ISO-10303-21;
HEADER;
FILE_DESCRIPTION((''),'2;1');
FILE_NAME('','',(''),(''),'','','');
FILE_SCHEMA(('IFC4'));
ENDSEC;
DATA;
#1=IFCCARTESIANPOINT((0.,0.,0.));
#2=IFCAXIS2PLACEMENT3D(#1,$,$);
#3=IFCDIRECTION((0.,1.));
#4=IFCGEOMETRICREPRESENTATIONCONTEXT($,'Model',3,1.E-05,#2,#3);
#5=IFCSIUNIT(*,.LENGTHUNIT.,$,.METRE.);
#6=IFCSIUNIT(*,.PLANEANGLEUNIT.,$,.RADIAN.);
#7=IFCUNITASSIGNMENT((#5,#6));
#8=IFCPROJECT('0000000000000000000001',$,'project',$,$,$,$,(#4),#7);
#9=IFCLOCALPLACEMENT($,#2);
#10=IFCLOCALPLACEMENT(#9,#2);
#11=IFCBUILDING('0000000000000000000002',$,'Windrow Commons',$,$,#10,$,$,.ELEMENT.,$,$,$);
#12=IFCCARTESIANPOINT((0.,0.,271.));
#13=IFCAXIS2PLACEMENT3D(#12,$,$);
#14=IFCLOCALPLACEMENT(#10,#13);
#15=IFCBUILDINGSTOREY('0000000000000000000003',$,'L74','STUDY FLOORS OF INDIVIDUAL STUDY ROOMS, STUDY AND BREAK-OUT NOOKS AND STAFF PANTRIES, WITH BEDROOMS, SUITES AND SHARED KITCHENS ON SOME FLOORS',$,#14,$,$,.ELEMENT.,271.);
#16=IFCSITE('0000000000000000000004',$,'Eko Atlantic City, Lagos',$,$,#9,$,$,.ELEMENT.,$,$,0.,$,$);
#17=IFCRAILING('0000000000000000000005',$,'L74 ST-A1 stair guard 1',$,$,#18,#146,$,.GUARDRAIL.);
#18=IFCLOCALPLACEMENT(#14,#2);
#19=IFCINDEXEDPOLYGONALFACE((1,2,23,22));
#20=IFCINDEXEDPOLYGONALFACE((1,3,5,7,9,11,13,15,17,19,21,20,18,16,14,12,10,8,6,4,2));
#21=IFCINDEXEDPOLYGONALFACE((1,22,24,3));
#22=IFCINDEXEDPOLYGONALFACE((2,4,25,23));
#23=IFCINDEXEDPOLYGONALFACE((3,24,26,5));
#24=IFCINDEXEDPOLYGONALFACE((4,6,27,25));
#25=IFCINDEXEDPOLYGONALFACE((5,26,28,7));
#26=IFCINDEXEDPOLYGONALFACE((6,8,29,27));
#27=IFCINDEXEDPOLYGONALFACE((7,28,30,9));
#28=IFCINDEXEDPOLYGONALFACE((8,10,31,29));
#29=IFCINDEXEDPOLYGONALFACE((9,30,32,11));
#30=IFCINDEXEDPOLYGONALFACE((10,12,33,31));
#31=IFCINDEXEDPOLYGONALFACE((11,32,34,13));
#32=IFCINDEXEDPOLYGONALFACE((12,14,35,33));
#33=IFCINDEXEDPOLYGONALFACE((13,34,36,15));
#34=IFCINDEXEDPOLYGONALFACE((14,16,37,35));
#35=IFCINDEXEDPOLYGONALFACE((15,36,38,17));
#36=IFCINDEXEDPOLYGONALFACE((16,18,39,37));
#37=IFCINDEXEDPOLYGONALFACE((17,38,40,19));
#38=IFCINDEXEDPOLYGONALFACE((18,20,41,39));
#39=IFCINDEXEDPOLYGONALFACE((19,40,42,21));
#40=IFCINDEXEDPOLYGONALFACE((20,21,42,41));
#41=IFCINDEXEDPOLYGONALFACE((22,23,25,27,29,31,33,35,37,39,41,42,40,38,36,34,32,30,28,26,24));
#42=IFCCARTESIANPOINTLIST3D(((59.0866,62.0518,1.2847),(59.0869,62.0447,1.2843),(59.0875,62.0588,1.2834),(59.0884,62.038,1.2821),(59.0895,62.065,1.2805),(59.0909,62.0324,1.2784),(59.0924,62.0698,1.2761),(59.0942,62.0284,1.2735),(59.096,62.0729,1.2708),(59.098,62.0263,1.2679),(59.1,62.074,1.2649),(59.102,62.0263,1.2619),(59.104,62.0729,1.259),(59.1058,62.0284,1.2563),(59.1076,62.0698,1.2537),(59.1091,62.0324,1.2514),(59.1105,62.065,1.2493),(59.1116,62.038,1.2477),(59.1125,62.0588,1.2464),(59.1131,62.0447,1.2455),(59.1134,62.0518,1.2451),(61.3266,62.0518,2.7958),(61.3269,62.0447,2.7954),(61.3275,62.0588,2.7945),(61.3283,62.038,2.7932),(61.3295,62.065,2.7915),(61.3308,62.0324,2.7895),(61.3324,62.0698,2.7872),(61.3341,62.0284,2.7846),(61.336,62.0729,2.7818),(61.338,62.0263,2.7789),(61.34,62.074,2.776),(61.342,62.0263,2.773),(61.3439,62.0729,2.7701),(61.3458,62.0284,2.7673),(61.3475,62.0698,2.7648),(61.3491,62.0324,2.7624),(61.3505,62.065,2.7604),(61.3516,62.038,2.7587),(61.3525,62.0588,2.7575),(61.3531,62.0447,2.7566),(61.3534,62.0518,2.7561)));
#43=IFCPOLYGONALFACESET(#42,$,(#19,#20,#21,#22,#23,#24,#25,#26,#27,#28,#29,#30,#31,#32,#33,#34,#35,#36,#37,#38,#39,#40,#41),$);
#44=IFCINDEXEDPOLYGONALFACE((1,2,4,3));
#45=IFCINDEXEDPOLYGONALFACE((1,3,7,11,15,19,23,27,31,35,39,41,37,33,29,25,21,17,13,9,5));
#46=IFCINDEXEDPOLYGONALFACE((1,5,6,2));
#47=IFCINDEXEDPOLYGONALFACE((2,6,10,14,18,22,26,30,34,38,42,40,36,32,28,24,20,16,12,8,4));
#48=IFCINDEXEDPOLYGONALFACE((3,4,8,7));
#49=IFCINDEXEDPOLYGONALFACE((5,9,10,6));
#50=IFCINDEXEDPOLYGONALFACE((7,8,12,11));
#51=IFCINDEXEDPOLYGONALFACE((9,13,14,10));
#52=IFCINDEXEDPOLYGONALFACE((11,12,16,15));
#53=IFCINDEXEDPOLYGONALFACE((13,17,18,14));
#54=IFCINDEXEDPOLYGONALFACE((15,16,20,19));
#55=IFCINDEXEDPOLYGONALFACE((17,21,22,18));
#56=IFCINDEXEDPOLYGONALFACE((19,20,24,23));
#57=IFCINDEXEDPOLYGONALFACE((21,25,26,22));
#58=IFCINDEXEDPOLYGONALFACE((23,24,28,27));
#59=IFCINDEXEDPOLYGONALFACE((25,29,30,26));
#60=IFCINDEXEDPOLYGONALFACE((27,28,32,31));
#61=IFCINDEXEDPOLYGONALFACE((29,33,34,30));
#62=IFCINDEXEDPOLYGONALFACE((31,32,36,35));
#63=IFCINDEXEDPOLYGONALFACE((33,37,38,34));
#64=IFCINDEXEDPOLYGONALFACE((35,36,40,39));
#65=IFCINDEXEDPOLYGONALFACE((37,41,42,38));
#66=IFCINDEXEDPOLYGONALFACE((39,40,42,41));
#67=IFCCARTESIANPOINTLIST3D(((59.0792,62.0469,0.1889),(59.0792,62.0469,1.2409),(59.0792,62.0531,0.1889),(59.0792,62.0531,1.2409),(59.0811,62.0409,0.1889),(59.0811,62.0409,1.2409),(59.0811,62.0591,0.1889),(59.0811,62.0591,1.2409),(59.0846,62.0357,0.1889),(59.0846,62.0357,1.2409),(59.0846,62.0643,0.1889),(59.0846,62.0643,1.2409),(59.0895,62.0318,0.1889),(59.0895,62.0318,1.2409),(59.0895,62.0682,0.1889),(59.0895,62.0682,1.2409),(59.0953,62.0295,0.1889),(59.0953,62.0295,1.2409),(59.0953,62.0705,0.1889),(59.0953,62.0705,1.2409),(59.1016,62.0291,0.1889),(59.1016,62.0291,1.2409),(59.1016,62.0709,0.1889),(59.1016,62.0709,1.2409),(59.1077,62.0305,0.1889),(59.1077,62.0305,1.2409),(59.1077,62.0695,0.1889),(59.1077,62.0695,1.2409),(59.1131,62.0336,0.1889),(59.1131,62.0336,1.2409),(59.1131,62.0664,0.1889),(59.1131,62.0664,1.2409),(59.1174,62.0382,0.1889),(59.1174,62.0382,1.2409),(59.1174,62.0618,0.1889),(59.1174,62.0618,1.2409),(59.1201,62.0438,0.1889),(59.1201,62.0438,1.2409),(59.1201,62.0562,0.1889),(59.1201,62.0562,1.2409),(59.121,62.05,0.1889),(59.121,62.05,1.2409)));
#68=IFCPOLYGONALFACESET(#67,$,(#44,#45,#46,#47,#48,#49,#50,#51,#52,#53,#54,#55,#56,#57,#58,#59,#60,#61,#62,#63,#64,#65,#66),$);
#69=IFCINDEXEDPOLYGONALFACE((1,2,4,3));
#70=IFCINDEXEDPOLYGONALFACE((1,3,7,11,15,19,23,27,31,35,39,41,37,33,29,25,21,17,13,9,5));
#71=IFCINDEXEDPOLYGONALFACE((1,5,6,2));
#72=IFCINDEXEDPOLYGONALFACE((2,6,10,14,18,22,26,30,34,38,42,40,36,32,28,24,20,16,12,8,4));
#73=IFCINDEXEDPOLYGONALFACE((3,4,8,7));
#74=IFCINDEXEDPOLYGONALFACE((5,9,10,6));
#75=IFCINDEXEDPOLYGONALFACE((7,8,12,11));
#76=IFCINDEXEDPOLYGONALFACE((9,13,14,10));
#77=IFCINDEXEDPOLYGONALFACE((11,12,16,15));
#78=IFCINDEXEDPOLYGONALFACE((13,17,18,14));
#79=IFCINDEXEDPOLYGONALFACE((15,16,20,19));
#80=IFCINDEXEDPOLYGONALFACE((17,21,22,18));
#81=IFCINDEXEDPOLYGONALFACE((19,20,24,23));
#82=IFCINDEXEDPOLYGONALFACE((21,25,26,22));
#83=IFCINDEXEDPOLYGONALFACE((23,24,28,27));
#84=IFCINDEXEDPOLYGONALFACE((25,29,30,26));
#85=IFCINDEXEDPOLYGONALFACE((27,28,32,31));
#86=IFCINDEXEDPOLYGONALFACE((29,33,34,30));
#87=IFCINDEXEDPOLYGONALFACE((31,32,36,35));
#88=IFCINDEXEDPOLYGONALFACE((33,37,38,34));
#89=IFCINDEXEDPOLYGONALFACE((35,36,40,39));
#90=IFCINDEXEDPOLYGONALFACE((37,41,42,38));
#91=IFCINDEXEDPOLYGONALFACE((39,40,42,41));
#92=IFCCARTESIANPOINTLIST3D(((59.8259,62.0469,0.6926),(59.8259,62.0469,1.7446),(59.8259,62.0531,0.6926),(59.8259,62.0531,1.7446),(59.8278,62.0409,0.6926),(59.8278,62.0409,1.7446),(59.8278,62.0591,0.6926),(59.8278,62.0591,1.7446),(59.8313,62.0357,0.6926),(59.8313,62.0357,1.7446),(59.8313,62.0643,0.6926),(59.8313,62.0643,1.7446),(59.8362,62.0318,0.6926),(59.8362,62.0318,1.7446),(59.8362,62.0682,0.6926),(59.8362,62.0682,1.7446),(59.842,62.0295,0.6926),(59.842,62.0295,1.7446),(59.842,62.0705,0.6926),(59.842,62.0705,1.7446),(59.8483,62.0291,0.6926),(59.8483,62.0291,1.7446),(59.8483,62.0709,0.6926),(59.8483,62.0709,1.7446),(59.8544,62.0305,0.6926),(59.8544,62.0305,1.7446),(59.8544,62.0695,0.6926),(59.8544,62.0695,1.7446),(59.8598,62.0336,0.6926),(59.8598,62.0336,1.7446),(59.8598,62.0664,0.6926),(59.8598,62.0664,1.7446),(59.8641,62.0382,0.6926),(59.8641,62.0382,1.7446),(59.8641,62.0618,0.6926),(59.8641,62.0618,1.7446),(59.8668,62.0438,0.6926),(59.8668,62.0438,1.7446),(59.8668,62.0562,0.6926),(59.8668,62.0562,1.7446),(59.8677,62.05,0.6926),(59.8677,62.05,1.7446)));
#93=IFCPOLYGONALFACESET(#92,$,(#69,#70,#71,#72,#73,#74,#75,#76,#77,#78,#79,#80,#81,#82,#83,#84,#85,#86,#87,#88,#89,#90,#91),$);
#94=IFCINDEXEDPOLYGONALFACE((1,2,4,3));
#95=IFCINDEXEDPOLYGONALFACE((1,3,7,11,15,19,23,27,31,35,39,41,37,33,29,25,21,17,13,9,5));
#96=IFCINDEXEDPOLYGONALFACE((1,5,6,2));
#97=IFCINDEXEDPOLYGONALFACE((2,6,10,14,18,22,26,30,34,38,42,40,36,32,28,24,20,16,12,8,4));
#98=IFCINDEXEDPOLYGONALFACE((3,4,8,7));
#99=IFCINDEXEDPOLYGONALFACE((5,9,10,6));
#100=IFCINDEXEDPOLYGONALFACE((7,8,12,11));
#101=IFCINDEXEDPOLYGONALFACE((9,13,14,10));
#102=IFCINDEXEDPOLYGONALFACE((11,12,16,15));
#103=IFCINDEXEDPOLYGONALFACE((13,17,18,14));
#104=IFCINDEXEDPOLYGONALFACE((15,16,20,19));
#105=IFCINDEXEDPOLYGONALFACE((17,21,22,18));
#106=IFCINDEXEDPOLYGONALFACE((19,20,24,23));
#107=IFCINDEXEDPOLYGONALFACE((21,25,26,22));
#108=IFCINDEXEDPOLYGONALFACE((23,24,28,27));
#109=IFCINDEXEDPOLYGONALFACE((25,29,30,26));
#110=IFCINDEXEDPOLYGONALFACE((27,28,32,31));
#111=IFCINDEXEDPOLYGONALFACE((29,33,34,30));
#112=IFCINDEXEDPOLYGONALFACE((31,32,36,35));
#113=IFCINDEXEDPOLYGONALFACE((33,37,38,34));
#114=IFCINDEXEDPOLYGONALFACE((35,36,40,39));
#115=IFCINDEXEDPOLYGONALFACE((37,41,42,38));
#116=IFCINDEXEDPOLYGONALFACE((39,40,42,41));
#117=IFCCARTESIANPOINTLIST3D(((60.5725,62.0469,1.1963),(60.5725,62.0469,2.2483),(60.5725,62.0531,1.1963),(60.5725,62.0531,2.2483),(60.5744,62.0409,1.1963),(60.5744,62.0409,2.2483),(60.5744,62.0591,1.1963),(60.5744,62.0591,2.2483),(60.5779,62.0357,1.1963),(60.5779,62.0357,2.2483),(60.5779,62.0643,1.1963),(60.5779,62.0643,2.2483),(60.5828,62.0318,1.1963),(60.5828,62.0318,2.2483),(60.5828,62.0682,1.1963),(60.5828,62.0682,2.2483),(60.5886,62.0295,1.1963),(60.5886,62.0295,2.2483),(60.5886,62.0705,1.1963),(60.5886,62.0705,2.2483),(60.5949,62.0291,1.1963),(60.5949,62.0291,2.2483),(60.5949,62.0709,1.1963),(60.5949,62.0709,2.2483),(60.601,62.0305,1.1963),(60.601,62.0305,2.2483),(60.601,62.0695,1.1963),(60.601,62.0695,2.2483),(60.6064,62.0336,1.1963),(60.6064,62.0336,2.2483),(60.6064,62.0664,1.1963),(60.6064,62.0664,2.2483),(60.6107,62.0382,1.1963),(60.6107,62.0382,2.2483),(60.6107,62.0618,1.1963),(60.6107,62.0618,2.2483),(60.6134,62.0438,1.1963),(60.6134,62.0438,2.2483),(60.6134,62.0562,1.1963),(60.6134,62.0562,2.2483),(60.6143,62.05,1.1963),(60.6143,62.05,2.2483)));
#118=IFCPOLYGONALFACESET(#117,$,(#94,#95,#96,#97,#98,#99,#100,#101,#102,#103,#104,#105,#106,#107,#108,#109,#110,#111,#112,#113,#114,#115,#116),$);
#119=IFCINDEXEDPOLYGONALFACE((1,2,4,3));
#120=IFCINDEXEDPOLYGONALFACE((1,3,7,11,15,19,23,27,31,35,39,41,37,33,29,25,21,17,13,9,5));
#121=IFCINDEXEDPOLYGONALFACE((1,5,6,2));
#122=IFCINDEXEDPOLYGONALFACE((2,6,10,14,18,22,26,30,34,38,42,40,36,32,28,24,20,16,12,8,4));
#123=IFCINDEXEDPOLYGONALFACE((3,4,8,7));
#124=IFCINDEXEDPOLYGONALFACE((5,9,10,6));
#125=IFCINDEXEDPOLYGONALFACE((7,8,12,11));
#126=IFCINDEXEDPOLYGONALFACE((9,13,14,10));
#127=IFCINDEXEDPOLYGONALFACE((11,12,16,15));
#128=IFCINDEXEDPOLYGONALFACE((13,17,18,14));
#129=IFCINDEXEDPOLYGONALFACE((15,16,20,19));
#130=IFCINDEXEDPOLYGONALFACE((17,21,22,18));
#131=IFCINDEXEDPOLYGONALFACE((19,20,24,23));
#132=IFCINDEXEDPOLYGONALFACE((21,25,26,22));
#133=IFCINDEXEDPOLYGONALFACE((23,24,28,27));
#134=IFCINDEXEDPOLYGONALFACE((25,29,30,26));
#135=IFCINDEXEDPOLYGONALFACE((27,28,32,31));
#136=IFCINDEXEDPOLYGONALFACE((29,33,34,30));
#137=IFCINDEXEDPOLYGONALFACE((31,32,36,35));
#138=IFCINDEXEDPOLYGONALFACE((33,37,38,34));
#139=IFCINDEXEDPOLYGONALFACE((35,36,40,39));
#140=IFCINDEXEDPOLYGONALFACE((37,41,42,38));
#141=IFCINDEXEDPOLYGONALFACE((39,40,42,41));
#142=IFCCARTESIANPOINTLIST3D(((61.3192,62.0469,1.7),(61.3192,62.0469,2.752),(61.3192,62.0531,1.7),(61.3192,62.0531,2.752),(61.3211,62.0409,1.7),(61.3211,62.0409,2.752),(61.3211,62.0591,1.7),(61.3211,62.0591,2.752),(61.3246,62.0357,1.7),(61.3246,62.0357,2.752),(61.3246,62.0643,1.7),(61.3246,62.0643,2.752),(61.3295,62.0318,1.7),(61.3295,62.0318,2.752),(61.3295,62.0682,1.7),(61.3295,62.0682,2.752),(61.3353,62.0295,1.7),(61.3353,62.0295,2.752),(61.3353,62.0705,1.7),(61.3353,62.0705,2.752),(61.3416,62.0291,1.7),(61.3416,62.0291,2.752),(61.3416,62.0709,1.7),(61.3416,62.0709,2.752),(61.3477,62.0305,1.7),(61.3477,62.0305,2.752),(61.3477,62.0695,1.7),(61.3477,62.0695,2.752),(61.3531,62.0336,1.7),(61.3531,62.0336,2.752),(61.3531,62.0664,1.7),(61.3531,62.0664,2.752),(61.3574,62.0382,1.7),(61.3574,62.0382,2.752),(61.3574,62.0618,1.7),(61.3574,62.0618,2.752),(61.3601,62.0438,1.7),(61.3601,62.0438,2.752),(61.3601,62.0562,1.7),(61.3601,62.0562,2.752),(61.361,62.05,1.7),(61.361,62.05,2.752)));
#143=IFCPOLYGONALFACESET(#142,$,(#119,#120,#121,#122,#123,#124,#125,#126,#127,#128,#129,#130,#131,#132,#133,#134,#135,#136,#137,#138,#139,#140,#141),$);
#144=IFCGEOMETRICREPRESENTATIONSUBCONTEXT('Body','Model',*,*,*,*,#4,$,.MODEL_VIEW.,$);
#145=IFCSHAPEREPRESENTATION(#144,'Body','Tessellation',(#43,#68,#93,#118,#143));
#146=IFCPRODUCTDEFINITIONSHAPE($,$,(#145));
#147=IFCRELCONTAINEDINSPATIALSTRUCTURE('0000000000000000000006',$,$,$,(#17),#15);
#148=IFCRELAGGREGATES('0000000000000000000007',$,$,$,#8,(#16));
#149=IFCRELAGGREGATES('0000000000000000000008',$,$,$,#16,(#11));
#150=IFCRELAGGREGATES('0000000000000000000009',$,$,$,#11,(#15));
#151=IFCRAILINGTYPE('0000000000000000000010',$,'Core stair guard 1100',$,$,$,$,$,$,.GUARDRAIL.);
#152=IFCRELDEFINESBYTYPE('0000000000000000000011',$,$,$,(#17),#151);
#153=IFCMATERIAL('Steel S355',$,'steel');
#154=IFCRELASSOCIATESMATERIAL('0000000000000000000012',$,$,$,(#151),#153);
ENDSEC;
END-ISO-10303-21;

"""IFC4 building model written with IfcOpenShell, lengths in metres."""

from ifc_helpers import new_model, si_unit, direction, frame, origin, origin_2d, place, context, subcontext, project, spatial, circle, extrude, material, type_object, element, save


model = new_model("IFC4")

# Units and contexts
model_context = context("Model", 3, precision=1e-05, world=origin(), true_north=direction((0.0, 1.0)))
body_context = subcontext(model_context, "Body", "Model", "MODEL_VIEW")
ifc_project = project(units=[si_unit("LENGTHUNIT", "METRE"), si_unit("PLANEANGLEUNIT", "RADIAN")], contexts=[model_context])

# Site, building, storey
site_placement = place(None, origin())
site = spatial("IfcSite", under=ifc_project, at=site_placement, Name="Eko Atlantic City, Lagos", CompositionType="ELEMENT", RefElevation=0.0)
building_placement = place(site_placement, origin())
building = spatial("IfcBuilding", under=site, at=building_placement, Name="Windrow Commons", CompositionType="ELEMENT")
storey_placement = place(building_placement, frame((0.0, 0.0, 271.0)))
storey = spatial("IfcBuildingStorey", under=building, at=storey_placement, Name="L74", Description="STUDY FLOORS OF INDIVIDUAL STUDY ROOMS, STUDY AND BREAK-OUT NOOKS AND STAFF PANTRIES, WITH BEDROOMS, SUITES AND SHARED KITCHENS ON SOME FLOORS", CompositionType="ELEMENT", Elevation=271.0)

# Railing
ifc_material_1 = material(Name="Steel S355", Category="steel")
railing_type = type_object("IfcRailingType", Name="Core stair guard 1100", PredefinedType="GUARDRAIL", material=ifc_material_1)
railing_1_placement = place(storey_placement, frame((59.1, 62.05, 0.1889)))
element("IfcRailing", 1, at=railing_1_placement, inside=storey, type_object=railing_type, Name="L74 ST-A1 stair guard 1", PredefinedType="GUARDRAIL", context=body_context, shape_type="SweptSolid", body=[
    extrude(circle(Radius=0.024, at=origin_2d()), frame((0.0, 0.0, 1.076), z_axis=(0.829003, 0.0, 0.559244), x_axis=(0.0, 1.0, 0.0)), (0.0, 0.0, 1.0), 2.702),
    extrude(circle(Radius=0.021, at=origin_2d()), origin(), (0.0, 0.0, 1.0), 1.052),
    extrude(circle(Radius=0.021, at=origin_2d()), frame((0.7467, 0.0, 0.5037)), (0.0, 0.0, 1.0), 1.052),
    extrude(circle(Radius=0.021, at=origin_2d()), frame((1.4933, 0.0, 1.0074)), (0.0, 0.0, 1.0), 1.052),
    extrude(circle(Radius=0.021, at=origin_2d()), frame((2.24, 0.0, 1.5111)), (0.0, 0.0, 1.0), 1.052),
])

save(model, "model.ifc")
